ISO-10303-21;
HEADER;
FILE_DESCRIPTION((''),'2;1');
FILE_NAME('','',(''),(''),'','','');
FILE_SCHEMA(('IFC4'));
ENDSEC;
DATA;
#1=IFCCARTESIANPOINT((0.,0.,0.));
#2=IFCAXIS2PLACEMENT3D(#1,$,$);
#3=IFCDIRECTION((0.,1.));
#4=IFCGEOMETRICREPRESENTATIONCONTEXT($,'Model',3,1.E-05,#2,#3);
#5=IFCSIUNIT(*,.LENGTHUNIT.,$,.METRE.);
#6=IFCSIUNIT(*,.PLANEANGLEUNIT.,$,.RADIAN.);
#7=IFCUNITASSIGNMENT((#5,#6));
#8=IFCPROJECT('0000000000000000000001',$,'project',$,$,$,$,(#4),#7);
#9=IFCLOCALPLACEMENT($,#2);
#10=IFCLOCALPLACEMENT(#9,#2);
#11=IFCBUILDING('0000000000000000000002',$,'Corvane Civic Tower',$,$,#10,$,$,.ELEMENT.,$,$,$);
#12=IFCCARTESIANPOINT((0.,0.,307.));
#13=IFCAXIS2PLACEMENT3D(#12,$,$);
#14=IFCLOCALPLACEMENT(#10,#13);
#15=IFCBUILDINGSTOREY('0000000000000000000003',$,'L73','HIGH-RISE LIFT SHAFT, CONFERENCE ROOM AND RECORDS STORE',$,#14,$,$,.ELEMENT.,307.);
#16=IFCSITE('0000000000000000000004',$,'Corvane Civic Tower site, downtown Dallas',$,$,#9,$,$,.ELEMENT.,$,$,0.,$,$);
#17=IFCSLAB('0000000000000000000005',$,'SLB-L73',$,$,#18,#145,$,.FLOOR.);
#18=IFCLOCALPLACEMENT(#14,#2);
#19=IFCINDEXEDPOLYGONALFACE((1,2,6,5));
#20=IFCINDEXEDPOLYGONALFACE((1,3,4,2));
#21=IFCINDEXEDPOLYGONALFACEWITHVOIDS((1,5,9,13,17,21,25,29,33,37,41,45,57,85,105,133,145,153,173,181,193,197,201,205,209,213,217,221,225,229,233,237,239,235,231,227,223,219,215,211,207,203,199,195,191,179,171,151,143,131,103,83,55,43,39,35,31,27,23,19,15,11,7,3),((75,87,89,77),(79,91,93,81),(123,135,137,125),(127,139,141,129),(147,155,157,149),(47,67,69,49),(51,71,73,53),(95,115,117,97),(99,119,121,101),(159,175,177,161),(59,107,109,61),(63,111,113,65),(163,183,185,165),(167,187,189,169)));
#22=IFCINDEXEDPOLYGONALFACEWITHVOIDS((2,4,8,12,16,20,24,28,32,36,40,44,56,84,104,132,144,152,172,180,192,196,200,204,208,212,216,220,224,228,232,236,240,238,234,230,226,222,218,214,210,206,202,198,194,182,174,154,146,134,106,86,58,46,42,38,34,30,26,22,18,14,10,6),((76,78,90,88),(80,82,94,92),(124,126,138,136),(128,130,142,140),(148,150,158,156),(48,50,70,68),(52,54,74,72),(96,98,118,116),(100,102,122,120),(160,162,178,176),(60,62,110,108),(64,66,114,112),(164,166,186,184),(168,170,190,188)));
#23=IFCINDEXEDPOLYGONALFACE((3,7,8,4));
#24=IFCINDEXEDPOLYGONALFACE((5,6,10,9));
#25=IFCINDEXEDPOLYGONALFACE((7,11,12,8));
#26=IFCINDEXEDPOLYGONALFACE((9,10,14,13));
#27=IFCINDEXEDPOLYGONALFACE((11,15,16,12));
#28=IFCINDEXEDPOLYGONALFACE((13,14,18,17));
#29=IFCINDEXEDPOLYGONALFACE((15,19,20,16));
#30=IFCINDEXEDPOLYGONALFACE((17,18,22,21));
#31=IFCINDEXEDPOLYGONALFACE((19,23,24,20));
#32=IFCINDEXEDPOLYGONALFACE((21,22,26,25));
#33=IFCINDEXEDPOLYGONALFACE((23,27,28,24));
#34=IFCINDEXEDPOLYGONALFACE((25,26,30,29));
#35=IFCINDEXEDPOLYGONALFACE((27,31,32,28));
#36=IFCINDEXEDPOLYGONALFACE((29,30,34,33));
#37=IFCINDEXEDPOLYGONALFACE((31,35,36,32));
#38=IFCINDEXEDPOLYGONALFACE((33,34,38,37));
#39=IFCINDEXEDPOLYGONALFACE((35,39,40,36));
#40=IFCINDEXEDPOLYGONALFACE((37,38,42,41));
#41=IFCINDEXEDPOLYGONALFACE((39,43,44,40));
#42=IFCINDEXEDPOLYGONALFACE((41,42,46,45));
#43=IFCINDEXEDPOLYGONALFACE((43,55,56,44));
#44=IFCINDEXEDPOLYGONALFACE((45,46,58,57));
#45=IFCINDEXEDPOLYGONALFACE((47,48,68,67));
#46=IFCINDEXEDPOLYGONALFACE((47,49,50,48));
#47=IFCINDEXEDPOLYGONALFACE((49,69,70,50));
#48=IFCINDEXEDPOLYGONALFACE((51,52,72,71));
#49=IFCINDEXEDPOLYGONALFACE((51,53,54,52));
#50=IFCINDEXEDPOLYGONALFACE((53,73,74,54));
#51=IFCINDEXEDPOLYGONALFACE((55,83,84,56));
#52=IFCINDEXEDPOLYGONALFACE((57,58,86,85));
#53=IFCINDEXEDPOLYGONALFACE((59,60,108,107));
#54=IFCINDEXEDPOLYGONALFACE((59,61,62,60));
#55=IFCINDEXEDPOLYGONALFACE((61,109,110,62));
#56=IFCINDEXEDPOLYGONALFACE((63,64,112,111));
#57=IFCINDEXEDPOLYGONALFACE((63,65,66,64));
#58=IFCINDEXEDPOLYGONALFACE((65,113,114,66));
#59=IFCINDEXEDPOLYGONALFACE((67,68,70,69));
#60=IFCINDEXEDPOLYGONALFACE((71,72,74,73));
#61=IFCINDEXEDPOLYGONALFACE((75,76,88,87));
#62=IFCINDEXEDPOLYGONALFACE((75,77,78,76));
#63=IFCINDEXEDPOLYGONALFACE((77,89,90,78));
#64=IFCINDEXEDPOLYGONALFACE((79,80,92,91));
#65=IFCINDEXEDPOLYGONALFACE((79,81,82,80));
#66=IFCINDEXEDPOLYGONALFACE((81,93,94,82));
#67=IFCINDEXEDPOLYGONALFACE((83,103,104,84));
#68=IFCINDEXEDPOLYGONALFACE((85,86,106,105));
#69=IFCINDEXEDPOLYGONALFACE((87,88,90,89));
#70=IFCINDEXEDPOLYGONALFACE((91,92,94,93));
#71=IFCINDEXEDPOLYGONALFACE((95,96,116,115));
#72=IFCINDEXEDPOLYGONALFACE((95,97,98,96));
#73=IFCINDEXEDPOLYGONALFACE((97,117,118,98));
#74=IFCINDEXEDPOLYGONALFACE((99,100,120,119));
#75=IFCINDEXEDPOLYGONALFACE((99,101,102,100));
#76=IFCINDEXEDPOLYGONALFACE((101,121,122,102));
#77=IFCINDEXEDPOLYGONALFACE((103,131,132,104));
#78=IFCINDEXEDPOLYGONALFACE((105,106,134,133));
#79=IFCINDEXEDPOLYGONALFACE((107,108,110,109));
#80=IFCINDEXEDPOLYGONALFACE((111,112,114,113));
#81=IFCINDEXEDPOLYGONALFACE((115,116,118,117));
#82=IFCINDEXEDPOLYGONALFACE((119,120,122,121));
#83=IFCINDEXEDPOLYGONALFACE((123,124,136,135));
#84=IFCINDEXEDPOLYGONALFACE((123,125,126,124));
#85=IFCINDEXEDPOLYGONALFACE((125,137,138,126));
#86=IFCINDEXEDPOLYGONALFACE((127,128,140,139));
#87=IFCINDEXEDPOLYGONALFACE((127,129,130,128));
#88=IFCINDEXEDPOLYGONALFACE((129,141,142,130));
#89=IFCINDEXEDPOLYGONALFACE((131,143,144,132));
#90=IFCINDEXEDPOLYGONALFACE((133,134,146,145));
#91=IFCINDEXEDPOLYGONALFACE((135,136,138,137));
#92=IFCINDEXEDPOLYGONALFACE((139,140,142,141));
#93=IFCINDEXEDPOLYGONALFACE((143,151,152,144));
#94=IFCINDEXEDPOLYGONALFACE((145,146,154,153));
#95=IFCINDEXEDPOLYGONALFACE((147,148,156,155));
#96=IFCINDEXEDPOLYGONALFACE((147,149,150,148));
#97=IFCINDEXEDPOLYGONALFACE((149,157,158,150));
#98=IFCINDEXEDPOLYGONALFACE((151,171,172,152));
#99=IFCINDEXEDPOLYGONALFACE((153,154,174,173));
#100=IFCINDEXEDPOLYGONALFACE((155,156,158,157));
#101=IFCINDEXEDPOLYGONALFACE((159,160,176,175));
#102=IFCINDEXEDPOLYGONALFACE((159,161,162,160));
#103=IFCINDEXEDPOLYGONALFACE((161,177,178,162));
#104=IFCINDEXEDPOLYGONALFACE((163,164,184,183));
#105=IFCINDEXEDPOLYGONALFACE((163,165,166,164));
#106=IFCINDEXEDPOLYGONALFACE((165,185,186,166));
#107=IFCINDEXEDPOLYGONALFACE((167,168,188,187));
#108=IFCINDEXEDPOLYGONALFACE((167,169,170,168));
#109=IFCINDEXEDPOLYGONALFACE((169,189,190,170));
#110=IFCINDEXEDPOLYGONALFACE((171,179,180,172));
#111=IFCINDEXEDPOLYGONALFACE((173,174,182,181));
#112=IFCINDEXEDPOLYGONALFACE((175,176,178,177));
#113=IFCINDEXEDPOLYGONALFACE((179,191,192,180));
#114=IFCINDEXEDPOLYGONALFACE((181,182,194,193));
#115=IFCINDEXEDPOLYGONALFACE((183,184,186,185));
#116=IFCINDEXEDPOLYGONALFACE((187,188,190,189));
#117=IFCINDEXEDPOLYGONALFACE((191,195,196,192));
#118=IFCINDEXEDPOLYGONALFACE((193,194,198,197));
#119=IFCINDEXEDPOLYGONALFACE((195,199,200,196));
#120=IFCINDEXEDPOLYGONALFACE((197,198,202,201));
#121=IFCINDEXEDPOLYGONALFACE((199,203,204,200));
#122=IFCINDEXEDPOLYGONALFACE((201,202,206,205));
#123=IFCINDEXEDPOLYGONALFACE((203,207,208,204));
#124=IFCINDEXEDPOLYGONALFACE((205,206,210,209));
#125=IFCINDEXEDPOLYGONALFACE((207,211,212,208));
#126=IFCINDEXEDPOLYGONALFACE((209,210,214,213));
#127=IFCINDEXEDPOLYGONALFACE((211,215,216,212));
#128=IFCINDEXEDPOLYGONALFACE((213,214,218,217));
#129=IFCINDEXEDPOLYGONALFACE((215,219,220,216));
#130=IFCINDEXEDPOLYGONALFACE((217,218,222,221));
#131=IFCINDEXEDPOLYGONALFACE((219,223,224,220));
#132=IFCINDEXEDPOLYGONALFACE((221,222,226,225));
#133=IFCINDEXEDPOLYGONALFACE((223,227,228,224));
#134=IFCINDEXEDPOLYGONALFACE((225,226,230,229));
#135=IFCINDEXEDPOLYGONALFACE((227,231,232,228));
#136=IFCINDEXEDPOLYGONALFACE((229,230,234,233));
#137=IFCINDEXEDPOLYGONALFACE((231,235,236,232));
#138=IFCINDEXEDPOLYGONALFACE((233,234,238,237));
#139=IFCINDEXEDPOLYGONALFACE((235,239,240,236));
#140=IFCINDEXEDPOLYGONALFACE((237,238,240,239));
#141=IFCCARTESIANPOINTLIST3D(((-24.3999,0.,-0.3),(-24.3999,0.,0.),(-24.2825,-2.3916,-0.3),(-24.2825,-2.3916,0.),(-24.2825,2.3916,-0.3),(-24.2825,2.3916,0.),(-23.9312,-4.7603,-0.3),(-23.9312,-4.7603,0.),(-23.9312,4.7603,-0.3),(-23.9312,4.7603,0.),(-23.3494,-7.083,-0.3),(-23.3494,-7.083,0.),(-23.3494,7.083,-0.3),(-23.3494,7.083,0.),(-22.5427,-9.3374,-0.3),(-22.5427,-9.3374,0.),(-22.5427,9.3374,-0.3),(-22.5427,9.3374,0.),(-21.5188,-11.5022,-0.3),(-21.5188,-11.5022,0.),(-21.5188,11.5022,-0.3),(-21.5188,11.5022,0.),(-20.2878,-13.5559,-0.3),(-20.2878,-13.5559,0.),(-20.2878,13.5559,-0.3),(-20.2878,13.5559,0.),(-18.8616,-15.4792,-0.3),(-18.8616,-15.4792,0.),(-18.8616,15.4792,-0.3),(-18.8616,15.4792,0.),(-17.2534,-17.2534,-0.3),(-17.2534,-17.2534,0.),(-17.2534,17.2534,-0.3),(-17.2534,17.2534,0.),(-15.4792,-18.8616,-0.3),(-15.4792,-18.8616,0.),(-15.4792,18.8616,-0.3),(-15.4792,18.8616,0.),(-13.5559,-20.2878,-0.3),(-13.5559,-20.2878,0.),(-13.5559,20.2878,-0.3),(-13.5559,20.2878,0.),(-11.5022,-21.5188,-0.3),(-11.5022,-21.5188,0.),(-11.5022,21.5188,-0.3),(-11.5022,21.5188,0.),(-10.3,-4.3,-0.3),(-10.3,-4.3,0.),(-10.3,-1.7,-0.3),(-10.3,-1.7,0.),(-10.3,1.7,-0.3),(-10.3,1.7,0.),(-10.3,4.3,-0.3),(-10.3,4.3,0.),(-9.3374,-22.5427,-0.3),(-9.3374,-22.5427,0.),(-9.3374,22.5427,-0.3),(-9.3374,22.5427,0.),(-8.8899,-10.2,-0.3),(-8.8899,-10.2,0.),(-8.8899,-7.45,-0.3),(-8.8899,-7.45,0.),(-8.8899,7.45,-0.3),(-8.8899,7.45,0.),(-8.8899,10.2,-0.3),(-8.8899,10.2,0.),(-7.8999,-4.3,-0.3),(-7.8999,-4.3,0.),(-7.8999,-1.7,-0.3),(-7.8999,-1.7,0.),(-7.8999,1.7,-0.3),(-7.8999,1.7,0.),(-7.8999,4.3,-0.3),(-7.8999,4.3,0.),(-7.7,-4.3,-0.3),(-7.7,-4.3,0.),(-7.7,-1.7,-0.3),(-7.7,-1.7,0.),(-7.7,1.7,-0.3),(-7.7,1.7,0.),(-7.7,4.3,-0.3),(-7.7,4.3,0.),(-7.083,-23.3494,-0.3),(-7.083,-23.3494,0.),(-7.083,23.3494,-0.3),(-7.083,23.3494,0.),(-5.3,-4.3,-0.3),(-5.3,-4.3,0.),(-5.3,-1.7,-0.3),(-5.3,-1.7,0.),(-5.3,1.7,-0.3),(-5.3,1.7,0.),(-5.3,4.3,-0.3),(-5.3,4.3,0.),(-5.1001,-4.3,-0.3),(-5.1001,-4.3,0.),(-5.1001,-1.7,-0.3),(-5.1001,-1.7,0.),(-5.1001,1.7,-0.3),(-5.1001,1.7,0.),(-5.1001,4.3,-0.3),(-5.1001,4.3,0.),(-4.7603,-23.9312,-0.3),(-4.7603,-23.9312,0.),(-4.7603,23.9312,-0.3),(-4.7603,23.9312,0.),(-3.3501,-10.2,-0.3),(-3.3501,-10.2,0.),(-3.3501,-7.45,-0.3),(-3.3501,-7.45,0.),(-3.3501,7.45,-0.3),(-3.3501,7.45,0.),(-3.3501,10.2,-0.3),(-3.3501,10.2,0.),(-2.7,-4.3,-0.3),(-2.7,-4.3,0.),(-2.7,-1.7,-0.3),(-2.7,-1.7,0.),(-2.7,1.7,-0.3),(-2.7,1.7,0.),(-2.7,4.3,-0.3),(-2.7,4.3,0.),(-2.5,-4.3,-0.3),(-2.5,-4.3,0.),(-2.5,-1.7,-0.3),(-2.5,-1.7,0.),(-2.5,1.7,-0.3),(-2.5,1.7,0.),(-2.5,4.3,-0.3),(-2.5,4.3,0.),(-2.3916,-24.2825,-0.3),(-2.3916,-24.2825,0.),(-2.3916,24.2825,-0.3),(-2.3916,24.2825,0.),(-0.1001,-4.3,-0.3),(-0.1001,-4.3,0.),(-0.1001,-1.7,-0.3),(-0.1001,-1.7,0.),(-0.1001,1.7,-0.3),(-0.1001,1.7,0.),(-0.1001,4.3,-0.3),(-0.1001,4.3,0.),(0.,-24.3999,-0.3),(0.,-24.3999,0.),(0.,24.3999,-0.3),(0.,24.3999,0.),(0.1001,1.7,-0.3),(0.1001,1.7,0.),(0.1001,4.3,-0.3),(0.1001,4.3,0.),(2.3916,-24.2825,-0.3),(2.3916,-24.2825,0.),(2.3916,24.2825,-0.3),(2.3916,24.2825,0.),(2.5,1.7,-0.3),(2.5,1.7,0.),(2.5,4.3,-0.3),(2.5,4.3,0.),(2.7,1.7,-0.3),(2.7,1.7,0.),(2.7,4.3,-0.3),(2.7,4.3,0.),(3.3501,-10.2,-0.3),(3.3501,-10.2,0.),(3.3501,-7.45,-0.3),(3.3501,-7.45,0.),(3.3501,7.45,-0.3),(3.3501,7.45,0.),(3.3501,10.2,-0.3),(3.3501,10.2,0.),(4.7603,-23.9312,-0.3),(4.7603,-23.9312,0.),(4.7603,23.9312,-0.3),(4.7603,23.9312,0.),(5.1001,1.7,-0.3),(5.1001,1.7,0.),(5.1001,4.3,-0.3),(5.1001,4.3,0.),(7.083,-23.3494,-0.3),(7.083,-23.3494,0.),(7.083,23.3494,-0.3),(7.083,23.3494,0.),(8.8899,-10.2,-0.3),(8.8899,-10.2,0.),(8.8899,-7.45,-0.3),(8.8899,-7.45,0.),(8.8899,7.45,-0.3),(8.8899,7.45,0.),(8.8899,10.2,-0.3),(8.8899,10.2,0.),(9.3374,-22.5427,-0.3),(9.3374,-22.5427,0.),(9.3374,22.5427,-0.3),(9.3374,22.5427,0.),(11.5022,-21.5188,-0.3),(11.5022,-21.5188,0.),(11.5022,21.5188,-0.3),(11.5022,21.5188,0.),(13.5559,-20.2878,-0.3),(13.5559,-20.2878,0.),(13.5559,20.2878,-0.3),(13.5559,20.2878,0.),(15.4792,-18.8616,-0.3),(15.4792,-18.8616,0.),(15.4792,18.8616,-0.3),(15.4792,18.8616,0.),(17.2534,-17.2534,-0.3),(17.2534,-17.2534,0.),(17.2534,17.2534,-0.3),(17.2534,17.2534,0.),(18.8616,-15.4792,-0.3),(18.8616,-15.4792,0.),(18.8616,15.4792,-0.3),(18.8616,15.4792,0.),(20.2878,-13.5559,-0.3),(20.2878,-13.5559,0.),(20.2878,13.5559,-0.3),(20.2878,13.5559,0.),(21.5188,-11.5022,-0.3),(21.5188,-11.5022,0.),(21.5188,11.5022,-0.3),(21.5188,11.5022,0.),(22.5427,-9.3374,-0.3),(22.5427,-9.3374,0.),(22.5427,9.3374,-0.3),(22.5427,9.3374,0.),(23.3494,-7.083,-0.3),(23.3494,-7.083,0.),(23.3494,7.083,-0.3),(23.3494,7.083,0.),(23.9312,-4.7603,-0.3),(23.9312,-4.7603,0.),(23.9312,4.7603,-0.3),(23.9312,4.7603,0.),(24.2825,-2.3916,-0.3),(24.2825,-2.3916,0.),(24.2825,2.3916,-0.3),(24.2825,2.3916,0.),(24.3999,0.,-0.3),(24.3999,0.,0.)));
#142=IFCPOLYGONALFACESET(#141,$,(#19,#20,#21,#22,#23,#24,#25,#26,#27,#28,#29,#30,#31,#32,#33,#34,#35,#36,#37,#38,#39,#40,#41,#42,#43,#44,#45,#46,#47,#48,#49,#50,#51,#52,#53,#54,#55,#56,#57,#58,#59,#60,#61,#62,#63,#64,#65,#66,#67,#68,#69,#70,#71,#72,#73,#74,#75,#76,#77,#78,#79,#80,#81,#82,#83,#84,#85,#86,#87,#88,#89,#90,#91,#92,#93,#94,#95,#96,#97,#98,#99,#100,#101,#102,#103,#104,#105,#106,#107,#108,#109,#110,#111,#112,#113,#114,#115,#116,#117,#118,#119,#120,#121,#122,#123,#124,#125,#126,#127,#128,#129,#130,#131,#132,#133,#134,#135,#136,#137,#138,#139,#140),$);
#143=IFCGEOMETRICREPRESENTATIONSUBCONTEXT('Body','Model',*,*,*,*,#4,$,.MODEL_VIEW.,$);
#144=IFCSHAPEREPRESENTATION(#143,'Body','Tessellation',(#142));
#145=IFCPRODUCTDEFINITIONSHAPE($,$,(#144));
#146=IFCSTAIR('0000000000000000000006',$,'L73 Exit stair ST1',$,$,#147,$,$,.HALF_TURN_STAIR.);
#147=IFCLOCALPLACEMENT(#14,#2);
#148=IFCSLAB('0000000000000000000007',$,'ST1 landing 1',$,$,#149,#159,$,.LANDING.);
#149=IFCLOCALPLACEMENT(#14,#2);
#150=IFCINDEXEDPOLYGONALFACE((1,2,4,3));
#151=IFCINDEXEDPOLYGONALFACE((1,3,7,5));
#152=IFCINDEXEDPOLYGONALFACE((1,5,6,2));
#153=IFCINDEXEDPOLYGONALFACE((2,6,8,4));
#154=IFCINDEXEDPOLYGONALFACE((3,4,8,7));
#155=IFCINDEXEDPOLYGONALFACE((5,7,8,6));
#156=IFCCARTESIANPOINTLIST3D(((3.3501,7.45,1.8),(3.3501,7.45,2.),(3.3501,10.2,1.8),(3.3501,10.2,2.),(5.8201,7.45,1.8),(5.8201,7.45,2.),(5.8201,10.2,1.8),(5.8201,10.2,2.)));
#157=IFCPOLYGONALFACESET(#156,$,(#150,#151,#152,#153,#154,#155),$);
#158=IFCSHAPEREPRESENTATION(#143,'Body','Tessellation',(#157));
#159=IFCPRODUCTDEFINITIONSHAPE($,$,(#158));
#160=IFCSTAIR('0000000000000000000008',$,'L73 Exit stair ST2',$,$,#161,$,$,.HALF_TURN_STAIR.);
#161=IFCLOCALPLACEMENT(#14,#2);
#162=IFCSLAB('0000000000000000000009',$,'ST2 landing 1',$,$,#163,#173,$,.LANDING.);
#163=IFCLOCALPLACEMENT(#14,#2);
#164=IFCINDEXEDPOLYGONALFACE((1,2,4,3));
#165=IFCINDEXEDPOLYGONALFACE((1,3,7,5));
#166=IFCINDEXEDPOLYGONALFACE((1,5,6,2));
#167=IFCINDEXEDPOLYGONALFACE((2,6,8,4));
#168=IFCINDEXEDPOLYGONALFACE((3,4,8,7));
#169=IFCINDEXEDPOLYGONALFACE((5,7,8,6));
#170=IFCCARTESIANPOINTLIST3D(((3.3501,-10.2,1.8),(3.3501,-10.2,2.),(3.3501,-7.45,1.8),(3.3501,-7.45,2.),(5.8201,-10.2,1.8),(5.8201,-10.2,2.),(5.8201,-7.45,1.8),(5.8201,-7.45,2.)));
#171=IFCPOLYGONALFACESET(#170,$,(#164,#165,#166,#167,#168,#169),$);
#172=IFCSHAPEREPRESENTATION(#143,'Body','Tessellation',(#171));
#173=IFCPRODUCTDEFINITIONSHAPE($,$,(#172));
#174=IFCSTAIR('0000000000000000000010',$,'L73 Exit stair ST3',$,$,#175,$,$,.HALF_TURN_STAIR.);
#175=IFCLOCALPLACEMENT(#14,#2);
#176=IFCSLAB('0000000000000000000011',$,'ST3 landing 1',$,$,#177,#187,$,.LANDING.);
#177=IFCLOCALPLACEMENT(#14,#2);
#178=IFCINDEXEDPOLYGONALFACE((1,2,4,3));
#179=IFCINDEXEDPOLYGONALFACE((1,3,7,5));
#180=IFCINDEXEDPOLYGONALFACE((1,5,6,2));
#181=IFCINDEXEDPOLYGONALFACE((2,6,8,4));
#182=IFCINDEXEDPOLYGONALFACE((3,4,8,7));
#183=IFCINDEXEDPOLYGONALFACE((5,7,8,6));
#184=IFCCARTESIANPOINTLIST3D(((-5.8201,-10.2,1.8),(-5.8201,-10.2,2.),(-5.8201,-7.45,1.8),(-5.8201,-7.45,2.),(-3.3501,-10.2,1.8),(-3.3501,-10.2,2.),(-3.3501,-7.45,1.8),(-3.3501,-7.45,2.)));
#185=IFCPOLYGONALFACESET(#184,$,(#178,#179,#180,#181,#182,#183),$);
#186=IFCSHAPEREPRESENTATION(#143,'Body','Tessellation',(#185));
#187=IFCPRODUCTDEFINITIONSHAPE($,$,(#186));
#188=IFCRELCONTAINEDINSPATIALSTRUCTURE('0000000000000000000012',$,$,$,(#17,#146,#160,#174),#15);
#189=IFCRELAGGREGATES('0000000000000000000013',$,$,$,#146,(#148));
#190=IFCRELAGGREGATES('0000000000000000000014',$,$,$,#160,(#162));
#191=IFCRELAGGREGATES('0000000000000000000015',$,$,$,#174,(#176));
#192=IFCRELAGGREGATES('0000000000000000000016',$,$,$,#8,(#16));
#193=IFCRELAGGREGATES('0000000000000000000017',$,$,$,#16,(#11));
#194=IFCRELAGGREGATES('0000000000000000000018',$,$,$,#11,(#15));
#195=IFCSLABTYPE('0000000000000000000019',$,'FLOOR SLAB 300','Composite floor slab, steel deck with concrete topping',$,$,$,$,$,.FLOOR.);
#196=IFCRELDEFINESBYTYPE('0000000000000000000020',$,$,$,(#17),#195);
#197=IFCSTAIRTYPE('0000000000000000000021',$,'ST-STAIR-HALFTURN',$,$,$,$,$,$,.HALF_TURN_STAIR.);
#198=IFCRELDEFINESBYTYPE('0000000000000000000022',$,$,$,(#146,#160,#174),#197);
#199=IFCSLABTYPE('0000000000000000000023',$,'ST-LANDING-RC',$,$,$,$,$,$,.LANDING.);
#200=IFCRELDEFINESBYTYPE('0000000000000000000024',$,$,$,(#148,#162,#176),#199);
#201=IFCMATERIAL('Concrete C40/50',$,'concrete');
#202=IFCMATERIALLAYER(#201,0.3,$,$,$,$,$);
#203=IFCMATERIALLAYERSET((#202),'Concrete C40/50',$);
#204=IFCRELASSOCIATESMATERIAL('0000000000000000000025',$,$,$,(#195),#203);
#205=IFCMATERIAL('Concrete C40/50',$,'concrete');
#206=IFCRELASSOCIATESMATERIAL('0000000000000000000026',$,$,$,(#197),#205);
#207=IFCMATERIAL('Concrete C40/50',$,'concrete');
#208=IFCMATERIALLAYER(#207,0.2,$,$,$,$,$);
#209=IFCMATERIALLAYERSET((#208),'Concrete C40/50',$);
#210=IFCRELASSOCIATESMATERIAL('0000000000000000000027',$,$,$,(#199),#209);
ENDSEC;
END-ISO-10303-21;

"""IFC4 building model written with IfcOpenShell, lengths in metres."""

from ifc_helpers import new_model, si_unit, direction, frame, origin, place, context, subcontext, project, spatial, polyline, outline, extrude, material, layer, layer_set, type_object, element, aggregate, save


model = new_model("IFC4")

# Units and contexts
model_context = context("Model", 3, precision=1e-05, world=origin(), true_north=direction((0.0, 1.0)))
body_context = subcontext(model_context, "Body", "Model", "MODEL_VIEW")
ifc_project = project(units=[si_unit("LENGTHUNIT", "METRE"), si_unit("PLANEANGLEUNIT", "RADIAN")], contexts=[model_context])

# Site, building, storey
site_placement = place(None, origin())
site = spatial("IfcSite", under=ifc_project, at=site_placement, Name="Corvane Civic Tower site, downtown Dallas", CompositionType="ELEMENT", RefElevation=0.0)
building_placement = place(site_placement, origin())
building = spatial("IfcBuilding", under=site, at=building_placement, Name="Corvane Civic Tower", CompositionType="ELEMENT")
storey_placement = place(building_placement, frame((0.0, 0.0, 307.0)))
storey = spatial("IfcBuildingStorey", under=building, at=storey_placement, Name="L73", Description="HIGH-RISE LIFT SHAFT, CONFERENCE ROOM AND RECORDS STORE", CompositionType="ELEMENT", Elevation=307.0)

# Slab
ifc_material_1 = material(Name="Concrete C40/50", Category="concrete")
ifc_layer_1 = layer(ifc_material_1, 0.3)
ifc_layer_set_1 = layer_set([ifc_layer_1], Name="Concrete C40/50")
slab_type_1 = type_object("IfcSlabType", Name="FLOOR SLAB 300", Description="Composite floor slab, steel deck with concrete topping", PredefinedType="FLOOR", material=ifc_layer_set_1)
slab_1_placement = place(storey_placement, frame((0.0, 0.0, -0.3)))
element("IfcSlab", 1, at=slab_1_placement, inside=storey, type_object=slab_type_1, Name="SLB-L73", PredefinedType="FLOOR", context=body_context, shape_type="SweptSolid", body=[
    extrude(outline(polyline([(0.0, 24.3999), (-2.3916, 24.2825), (-4.7603, 23.9312), (-7.083, 23.3494), (-9.3374, 22.5427), (-11.5022, 21.5188), (-13.5559, 20.2878), (-15.4792, 18.8616), (-17.2534, 17.2534), (-18.8616, 15.4792), (-20.2878, 13.5559), (-21.5188, 11.5022), (-22.5427, 9.3374), (-23.3494, 7.083), (-23.9312, 4.7603), (-24.2825, 2.3916), (-24.3999, 0.0), (-24.2825, -2.3916), (-23.9312, -4.7603), (-23.3494, -7.083), (-22.5427, -9.3374), (-21.5188, -11.5022), (-20.2878, -13.5559), (-18.8616, -15.4792), (-17.2534, -17.2534), (-15.4792, -18.8616), (-13.5559, -20.2878), (-11.5022, -21.5188), (-9.3374, -22.5427), (-7.083, -23.3494), (-4.7603, -23.9312), (-2.3916, -24.2825), (0.0, -24.3999), (2.3916, -24.2825), (4.7603, -23.9312), (7.083, -23.3494), (9.3374, -22.5427), (11.5022, -21.5188), (13.5559, -20.2878), (15.4792, -18.8616), (17.2534, -17.2534), (18.8616, -15.4792), (20.2878, -13.5559), (21.5188, -11.5022), (22.5427, -9.3374), (23.3494, -7.083), (23.9312, -4.7603), (24.2825, -2.3916), (24.3999, 0.0), (24.2825, 2.3916), (23.9312, 4.7603), (23.3494, 7.083), (22.5427, 9.3374), (21.5188, 11.5022), (20.2878, 13.5559), (18.8616, 15.4792), (17.2534, 17.2534), (15.4792, 18.8616), (13.5559, 20.2878), (11.5022, 21.5188), (9.3374, 22.5427), (7.083, 23.3494), (4.7603, 23.9312), (2.3916, 24.2825), (0.0, 24.3999)]), holes=[polyline([(-7.8999, 1.7), (-10.3, 1.7), (-10.3, 4.3), (-7.8999, 4.3), (-7.8999, 1.7)]), polyline([(-5.3, 1.7), (-7.7, 1.7), (-7.7, 4.3), (-5.3, 4.3), (-5.3, 1.7)]), polyline([(-2.7, 4.3), (-2.7, 1.7), (-5.1001, 1.7), (-5.1001, 4.3), (-2.7, 4.3)]), polyline([(-0.1001, 4.3), (-0.1001, 1.7), (-2.5, 1.7), (-2.5, 4.3), (-0.1001, 4.3)]), polyline([(2.5, 4.3), (2.5, 1.7), (0.1001, 1.7), (0.1001, 4.3), (2.5, 4.3)]), polyline([(5.1001, 4.3), (5.1001, 1.7), (2.7, 1.7), (2.7, 4.3), (5.1001, 4.3)]), polyline([(-10.3, -4.3), (-10.3, -1.7), (-7.8999, -1.7), (-7.8999, -4.3), (-10.3, -4.3)]), polyline([(-7.7, -4.3), (-7.7, -1.7), (-5.3, -1.7), (-5.3, -4.3), (-7.7, -4.3)]), polyline([(-2.7, -1.7), (-2.7, -4.3), (-5.1001, -4.3), (-5.1001, -1.7), (-2.7, -1.7)]), polyline([(-2.5, -4.3), (-2.5, -1.7), (-0.1001, -1.7), (-0.1001, -4.3), (-2.5, -4.3)]), polyline([(8.8899, 10.2), (8.8899, 7.45), (3.3501, 7.45), (3.3501, 10.2), (8.8899, 10.2)]), polyline([(-8.8899, 7.45), (-8.8899, 10.2), (-3.3501, 10.2), (-3.3501, 7.45), (-8.8899, 7.45)]), polyline([(8.8899, -7.45), (8.8899, -10.2), (3.3501, -10.2), (3.3501, -7.45), (8.8899, -7.45)]), polyline([(-8.8899, -10.2), (-8.8899, -7.45), (-3.3501, -7.45), (-3.3501, -10.2), (-8.8899, -10.2)])]), origin(), (0.0, 0.0, 1.0), 0.3),
])

# Stairs, slabs
ifc_material_2 = material(Name="Concrete C40/50", Category="concrete")
stair_type = type_object("IfcStairType", Name="ST-STAIR-HALFTURN", PredefinedType="HALF_TURN_STAIR", material=ifc_material_2)
stair_1_placement = place(storey_placement, origin())
stair_1 = element("IfcStair", 2, at=stair_1_placement, inside=storey, type_object=stair_type, Name="L73 Exit stair ST1", PredefinedType="HALF_TURN_STAIR")
ifc_material_3 = material(Name="Concrete C40/50", Category="concrete")
ifc_layer_2 = layer(ifc_material_3, 0.2)
ifc_layer_set_2 = layer_set([ifc_layer_2], Name="Concrete C40/50")
slab_type_2 = type_object("IfcSlabType", Name="ST-LANDING-RC", PredefinedType="LANDING", material=ifc_layer_set_2)
slab_2_placement = place(storey_placement, frame((0.0, 0.0, 1.8)))
slab_2 = element("IfcSlab", 3, at=slab_2_placement, type_object=slab_type_2, Name="ST1 landing 1", PredefinedType="LANDING", context=body_context, shape_type="SweptSolid", body=[
    extrude(outline(polyline([(5.8201, 10.2), (3.3501, 10.2), (3.3501, 7.45), (5.8201, 7.45), (5.8201, 10.2)])), origin(), (0.0, 0.0, 1.0), 0.2),
])
aggregate(stair_1, [slab_2])
stair_2_placement = place(storey_placement, origin())
stair_2 = element("IfcStair", 4, at=stair_2_placement, inside=storey, type_object=stair_type, Name="L73 Exit stair ST2", PredefinedType="HALF_TURN_STAIR")
slab_3_placement = place(storey_placement, frame((0.0, 0.0, 1.8)))
slab_3 = element("IfcSlab", 5, at=slab_3_placement, type_object=slab_type_2, Name="ST2 landing 1", PredefinedType="LANDING", context=body_context, shape_type="SweptSolid", body=[
    extrude(outline(polyline([(5.8201, -7.45), (3.3501, -7.45), (3.3501, -10.2), (5.8201, -10.2), (5.8201, -7.45)])), origin(), (0.0, 0.0, 1.0), 0.2),
])
aggregate(stair_2, [slab_3])
stair_3_placement = place(storey_placement, origin())
stair_3 = element("IfcStair", 6, at=stair_3_placement, inside=storey, type_object=stair_type, Name="L73 Exit stair ST3", PredefinedType="HALF_TURN_STAIR")
slab_4_placement = place(storey_placement, frame((0.0, 0.0, 1.8)))
slab_4 = element("IfcSlab", 7, at=slab_4_placement, type_object=slab_type_2, Name="ST3 landing 1", PredefinedType="LANDING", context=body_context, shape_type="SweptSolid", body=[
    extrude(outline(polyline([(-5.8201, -10.2), (-3.3501, -10.2), (-3.3501, -7.45), (-5.8201, -7.45), (-5.8201, -10.2)])), origin(), (0.0, 0.0, 1.0), 0.2),
])

aggregate(stair_3, [slab_4])

save(model, "model.ifc")
